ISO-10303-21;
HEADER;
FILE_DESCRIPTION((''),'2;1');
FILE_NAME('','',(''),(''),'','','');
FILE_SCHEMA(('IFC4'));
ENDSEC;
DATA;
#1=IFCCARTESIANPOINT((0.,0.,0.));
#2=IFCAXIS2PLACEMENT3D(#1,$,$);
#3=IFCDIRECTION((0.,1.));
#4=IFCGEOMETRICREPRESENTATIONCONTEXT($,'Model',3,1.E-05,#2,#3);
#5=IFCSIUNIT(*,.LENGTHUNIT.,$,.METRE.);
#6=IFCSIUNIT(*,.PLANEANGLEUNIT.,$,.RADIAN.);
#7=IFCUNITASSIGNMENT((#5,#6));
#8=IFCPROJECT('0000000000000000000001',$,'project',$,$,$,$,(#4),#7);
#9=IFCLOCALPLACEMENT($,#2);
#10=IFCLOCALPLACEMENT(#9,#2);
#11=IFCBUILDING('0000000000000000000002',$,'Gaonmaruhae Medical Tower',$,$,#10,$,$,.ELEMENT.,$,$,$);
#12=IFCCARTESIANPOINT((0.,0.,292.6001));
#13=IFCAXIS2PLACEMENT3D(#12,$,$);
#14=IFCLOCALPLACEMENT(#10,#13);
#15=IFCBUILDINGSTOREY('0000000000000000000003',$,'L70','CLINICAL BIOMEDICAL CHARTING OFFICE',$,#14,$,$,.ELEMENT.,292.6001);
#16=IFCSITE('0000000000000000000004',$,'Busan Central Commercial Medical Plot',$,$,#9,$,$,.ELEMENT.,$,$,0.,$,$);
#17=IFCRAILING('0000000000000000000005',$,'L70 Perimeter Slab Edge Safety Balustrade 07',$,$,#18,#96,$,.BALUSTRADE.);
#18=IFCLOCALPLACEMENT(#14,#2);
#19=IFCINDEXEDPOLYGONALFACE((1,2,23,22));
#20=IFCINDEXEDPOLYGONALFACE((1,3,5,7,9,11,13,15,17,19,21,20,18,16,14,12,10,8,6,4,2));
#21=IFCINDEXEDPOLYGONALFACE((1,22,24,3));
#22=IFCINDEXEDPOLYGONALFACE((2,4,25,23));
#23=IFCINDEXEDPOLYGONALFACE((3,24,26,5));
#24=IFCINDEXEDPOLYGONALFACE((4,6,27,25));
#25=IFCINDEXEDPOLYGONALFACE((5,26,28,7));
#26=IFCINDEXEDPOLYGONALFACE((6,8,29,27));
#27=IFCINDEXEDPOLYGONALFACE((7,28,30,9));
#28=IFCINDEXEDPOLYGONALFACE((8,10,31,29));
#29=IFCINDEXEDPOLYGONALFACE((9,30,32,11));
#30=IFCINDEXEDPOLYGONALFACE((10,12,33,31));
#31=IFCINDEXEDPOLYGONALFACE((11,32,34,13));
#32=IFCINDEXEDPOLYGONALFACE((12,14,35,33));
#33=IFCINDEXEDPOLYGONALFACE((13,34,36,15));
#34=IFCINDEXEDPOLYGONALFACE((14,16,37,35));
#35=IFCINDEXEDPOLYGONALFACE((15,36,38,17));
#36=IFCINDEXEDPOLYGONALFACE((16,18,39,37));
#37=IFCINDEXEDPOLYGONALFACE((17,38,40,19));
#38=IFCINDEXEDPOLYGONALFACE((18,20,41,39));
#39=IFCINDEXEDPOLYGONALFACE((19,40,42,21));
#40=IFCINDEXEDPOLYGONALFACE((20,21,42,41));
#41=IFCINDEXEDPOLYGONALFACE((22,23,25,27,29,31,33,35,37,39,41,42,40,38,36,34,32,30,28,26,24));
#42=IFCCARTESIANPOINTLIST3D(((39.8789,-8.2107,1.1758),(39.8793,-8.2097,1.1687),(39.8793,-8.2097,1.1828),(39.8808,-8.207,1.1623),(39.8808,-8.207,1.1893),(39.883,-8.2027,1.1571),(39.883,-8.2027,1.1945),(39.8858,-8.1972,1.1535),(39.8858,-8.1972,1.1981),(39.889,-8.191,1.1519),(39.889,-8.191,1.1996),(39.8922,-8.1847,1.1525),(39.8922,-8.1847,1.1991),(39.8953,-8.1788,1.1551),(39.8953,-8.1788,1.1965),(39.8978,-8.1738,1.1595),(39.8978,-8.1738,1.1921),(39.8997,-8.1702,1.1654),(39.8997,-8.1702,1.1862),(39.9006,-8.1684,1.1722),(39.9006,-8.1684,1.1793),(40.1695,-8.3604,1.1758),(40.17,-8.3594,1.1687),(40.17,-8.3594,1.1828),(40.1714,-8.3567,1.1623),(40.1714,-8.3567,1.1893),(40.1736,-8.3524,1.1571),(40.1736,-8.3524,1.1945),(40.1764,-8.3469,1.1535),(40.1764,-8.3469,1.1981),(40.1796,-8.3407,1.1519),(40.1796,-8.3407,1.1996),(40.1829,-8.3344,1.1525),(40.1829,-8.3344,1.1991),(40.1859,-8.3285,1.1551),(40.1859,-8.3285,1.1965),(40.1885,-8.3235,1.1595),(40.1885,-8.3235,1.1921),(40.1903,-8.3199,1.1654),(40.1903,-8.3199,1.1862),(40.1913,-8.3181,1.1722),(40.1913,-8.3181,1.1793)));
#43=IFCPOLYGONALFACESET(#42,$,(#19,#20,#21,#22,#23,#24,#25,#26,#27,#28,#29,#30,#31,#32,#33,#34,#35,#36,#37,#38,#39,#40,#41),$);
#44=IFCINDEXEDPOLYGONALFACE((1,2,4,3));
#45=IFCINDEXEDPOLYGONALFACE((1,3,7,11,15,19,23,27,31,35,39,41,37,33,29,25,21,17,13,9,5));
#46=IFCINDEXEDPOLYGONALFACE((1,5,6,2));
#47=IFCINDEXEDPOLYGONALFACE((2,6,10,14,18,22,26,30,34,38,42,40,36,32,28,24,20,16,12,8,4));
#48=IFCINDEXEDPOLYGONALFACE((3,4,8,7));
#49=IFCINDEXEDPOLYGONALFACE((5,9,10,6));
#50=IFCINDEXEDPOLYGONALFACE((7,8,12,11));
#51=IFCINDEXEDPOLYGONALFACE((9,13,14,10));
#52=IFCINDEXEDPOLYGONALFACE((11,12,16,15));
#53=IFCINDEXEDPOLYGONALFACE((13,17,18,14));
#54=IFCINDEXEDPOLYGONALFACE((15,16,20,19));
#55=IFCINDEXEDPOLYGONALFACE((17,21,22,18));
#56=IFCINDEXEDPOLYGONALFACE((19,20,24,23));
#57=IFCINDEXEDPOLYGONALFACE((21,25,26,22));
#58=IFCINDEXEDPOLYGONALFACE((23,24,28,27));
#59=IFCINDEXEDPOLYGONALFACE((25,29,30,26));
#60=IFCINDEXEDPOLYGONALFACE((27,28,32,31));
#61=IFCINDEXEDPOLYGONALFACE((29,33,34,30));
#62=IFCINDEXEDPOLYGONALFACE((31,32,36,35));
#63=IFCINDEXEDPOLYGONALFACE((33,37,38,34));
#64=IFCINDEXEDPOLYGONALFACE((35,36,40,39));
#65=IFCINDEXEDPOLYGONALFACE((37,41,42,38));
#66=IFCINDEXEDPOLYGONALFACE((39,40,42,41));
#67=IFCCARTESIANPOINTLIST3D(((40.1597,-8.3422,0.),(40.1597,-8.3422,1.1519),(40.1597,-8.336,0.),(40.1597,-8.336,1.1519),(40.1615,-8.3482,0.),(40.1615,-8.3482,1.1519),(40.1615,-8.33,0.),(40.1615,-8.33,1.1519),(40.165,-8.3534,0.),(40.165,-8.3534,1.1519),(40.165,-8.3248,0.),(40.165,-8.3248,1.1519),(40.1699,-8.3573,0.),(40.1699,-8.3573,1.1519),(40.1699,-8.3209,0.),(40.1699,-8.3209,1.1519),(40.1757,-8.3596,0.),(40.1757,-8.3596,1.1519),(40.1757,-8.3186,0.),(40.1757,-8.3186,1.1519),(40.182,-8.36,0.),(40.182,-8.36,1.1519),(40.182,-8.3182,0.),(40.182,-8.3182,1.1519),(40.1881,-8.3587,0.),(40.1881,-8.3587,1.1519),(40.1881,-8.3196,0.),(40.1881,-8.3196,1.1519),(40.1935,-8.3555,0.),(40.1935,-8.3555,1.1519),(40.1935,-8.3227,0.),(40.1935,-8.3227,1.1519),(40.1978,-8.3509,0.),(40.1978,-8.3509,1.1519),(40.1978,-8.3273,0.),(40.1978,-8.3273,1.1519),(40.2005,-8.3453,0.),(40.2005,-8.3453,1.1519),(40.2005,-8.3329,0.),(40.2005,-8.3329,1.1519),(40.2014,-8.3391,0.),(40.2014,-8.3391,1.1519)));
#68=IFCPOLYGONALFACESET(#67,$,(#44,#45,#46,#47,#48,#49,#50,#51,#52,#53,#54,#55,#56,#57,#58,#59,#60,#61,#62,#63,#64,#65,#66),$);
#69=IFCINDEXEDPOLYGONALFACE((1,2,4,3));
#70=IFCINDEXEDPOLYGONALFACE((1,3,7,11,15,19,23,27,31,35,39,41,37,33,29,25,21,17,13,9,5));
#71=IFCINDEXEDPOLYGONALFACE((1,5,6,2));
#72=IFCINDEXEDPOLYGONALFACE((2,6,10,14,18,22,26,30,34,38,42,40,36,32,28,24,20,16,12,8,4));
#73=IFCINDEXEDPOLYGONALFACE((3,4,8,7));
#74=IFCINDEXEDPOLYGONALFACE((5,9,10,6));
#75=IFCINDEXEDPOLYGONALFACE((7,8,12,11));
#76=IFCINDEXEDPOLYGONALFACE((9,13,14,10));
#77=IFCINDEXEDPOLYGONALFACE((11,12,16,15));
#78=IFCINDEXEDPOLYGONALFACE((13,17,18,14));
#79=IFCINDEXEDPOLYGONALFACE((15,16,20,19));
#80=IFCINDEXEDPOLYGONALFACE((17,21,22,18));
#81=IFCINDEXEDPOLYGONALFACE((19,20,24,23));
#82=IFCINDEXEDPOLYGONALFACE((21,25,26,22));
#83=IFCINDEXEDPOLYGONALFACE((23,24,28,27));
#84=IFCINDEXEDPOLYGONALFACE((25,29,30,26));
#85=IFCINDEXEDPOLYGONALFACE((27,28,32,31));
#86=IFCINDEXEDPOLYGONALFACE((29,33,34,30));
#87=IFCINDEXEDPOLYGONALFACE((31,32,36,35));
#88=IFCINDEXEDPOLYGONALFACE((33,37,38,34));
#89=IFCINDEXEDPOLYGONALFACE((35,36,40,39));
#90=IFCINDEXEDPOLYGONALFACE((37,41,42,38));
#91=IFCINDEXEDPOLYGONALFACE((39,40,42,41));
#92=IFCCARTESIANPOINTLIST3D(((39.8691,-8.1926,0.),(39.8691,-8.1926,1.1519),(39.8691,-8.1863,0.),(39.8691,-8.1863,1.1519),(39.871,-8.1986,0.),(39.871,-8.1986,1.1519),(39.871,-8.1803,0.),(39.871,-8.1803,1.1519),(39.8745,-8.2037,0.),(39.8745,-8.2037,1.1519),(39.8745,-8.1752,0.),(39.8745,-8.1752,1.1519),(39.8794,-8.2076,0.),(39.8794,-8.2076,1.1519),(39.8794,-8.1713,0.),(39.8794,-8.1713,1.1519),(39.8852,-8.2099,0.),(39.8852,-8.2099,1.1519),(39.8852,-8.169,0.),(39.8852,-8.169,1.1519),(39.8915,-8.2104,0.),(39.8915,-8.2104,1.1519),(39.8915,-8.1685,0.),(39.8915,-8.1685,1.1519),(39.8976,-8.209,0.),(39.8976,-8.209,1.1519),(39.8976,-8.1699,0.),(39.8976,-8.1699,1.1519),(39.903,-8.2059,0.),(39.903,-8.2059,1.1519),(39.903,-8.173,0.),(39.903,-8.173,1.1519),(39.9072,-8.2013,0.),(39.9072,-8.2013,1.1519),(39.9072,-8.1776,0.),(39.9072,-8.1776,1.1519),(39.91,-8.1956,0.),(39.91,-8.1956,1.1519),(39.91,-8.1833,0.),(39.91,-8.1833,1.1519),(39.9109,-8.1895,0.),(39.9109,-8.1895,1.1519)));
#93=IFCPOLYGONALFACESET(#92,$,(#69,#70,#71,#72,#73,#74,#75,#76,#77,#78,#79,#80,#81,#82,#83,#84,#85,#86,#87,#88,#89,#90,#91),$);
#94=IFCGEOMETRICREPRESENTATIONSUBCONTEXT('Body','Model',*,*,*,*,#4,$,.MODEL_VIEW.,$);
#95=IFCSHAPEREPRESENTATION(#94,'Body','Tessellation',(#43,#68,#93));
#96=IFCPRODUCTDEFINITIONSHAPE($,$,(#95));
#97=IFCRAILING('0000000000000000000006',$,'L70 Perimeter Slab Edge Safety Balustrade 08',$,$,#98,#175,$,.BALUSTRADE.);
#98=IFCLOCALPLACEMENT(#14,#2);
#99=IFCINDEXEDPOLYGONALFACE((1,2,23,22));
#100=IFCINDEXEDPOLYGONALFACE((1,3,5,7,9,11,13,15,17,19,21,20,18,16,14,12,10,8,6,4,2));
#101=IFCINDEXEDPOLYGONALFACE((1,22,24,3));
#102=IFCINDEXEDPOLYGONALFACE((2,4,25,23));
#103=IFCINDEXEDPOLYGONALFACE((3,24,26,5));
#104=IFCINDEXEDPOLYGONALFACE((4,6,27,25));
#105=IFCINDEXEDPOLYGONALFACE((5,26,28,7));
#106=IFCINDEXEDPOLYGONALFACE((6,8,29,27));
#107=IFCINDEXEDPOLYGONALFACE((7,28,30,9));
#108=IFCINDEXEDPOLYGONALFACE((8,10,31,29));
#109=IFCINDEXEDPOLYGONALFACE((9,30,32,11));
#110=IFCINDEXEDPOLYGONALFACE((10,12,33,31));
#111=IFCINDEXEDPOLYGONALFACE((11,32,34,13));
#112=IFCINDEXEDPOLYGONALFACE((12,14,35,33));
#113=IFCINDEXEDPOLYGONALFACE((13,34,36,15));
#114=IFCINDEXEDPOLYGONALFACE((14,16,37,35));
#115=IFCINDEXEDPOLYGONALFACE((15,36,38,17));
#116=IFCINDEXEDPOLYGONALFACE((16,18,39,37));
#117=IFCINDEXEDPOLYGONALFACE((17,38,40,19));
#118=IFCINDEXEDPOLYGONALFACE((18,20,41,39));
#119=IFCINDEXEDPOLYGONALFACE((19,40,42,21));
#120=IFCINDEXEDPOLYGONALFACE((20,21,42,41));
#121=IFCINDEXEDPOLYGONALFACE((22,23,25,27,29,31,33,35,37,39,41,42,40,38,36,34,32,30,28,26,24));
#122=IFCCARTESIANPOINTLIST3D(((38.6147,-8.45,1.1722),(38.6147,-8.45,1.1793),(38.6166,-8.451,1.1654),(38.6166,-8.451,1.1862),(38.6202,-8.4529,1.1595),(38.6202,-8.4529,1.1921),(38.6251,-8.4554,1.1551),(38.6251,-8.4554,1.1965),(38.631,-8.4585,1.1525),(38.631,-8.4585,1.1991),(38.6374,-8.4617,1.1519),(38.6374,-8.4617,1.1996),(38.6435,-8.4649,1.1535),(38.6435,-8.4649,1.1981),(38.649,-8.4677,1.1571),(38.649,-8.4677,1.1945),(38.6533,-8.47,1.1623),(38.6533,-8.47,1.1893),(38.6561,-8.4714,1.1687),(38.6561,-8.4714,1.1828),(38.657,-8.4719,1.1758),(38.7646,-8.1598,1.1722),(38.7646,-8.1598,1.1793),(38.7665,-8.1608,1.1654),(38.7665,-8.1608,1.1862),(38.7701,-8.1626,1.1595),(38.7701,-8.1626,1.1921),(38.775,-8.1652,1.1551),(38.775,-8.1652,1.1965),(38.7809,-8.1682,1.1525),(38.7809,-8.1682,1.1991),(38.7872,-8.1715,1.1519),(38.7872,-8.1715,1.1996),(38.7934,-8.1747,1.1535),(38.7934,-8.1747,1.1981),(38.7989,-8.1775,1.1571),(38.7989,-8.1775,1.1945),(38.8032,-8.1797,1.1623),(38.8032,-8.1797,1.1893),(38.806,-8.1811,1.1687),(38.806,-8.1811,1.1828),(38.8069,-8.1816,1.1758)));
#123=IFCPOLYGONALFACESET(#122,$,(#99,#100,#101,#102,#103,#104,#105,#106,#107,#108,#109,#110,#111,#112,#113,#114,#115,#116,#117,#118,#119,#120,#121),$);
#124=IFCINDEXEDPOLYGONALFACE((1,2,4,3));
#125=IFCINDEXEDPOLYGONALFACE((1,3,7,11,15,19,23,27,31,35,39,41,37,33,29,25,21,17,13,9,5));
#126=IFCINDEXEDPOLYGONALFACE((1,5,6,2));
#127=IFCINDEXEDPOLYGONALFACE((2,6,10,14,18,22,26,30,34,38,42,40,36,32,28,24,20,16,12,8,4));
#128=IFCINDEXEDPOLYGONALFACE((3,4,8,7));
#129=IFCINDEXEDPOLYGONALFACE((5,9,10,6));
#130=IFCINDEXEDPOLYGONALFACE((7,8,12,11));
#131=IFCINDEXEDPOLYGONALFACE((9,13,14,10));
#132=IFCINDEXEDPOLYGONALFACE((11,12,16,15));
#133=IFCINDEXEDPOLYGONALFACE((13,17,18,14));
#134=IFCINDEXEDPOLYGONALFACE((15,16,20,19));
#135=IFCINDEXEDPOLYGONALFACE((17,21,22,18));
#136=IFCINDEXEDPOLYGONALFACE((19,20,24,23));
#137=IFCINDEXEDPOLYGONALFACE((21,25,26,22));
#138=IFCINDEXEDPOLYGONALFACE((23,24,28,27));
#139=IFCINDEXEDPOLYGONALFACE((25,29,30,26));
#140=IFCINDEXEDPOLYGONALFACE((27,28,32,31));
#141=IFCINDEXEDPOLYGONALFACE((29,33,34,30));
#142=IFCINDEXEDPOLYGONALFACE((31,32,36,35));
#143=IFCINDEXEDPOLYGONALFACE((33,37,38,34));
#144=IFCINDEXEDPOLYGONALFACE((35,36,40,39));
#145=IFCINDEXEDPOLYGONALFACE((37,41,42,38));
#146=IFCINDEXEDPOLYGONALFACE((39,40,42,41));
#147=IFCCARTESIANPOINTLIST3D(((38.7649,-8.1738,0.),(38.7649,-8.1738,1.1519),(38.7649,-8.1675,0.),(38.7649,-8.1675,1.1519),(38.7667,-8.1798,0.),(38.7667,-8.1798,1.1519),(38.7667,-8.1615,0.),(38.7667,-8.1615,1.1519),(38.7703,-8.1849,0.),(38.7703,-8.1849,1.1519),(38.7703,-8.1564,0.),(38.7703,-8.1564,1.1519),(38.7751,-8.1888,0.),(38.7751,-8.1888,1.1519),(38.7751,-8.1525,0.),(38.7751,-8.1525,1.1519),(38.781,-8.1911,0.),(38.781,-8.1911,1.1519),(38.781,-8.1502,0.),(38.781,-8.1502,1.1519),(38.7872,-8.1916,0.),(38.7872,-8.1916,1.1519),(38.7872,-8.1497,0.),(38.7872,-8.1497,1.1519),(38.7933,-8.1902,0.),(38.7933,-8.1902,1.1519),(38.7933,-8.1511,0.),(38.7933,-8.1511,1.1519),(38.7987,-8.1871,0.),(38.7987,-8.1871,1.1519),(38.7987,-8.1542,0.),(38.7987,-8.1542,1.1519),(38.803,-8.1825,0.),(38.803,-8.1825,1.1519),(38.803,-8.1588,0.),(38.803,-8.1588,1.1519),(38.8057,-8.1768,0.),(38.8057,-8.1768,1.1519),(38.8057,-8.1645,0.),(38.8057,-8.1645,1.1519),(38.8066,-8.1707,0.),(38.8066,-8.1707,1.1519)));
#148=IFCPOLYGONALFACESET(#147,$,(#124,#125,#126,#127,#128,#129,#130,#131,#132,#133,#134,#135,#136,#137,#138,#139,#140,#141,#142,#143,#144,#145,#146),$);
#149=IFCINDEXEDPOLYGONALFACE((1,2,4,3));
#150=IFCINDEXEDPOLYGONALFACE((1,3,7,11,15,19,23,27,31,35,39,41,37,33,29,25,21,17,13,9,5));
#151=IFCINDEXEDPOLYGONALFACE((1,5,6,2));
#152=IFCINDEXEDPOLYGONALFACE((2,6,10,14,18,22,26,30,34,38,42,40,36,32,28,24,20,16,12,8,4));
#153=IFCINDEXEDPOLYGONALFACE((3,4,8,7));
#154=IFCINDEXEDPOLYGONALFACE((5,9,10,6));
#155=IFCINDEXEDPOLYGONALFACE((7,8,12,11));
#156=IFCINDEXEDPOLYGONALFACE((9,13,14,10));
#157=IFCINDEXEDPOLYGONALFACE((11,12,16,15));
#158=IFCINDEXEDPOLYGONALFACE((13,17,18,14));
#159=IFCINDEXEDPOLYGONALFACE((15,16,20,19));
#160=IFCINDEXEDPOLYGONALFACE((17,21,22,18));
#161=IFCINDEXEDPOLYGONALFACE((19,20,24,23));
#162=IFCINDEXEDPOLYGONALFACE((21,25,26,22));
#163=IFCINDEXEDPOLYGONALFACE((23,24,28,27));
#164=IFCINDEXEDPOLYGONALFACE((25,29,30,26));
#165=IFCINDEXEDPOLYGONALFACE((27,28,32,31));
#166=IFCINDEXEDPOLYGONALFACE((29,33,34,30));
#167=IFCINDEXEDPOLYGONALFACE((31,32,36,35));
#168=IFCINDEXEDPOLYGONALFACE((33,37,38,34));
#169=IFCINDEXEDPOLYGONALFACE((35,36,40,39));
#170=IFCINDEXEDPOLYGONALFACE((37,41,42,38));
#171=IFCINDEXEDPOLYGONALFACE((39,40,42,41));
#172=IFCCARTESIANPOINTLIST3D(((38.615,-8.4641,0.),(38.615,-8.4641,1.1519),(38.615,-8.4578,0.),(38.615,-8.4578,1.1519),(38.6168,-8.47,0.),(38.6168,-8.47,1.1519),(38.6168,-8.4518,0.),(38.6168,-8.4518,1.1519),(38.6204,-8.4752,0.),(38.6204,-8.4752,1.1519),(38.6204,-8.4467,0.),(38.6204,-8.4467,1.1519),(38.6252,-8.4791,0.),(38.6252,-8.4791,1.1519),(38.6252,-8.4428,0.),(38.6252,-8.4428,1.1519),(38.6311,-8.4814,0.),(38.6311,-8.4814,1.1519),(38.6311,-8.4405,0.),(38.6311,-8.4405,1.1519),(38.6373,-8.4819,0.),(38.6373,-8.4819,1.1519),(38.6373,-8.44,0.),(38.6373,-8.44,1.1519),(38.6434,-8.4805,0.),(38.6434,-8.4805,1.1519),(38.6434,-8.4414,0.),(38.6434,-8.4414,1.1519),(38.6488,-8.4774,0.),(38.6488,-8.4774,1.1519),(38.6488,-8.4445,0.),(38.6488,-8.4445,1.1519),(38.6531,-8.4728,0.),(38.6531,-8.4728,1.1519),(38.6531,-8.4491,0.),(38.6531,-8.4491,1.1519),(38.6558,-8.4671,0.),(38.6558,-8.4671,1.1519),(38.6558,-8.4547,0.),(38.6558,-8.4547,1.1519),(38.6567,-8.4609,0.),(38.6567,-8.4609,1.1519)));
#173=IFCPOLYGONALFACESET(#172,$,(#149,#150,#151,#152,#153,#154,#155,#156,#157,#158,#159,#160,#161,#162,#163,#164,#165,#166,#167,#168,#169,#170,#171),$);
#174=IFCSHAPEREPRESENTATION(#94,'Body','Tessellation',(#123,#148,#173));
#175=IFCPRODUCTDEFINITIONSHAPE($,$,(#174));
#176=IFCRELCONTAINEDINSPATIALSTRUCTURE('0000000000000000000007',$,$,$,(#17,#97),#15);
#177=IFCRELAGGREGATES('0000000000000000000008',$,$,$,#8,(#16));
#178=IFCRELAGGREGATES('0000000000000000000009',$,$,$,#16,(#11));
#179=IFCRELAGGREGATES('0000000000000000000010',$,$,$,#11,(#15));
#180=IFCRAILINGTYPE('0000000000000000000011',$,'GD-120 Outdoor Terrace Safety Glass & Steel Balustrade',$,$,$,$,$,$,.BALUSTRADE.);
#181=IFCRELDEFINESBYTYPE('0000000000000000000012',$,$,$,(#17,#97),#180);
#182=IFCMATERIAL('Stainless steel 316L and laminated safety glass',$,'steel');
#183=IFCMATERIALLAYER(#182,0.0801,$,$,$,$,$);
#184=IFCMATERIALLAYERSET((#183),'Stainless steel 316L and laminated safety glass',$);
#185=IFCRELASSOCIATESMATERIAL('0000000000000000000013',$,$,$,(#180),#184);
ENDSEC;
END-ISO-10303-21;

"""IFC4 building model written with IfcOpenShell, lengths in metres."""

from ifc_helpers import new_model, si_unit, direction, frame, origin, origin_2d, place, context, subcontext, project, spatial, circle, extrude, material, layer, layer_set, type_object, element, save


model = new_model("IFC4")

# Units and contexts
model_context = context("Model", 3, precision=1e-05, world=origin(), true_north=direction((0.0, 1.0)))
body_context = subcontext(model_context, "Body", "Model", "MODEL_VIEW")
ifc_project = project(units=[si_unit("LENGTHUNIT", "METRE"), si_unit("PLANEANGLEUNIT", "RADIAN")], contexts=[model_context])

# Site, building, storey
site_placement = place(None, origin())
site = spatial("IfcSite", under=ifc_project, at=site_placement, Name="Busan Central Commercial Medical Plot", CompositionType="ELEMENT", RefElevation=0.0)
building_placement = place(site_placement, origin())
building = spatial("IfcBuilding", under=site, at=building_placement, Name="Gaonmaruhae Medical Tower", CompositionType="ELEMENT")
storey_placement = place(building_placement, frame((0.0, 0.0, 292.6001)))
storey = spatial("IfcBuildingStorey", under=building, at=storey_placement, Name="L70", Description="CLINICAL BIOMEDICAL CHARTING OFFICE", CompositionType="ELEMENT", Elevation=292.6001)

# Railings
ifc_material_1 = material(Name="Stainless steel 316L and laminated safety glass", Category="steel")
ifc_layer_1 = layer(ifc_material_1, 0.0801)
ifc_layer_set_1 = layer_set([ifc_layer_1], Name="Stainless steel 316L and laminated safety glass")
railing_type = type_object("IfcRailingType", Name="GD-120 Outdoor Terrace Safety Glass & Steel Balustrade", PredefinedType="BALUSTRADE", material=ifc_layer_set_1)
railing_1_placement = place(storey_placement, frame((40.1804, -8.3391, 0.0)))
element("IfcRailing", 1, at=railing_1_placement, inside=storey, type_object=railing_type, Name="L70 Perimeter Slab Edge Safety Balustrade 07", PredefinedType="BALUSTRADE", context=body_context, shape_type="SweptSolid", body=[
    extrude(circle(Radius=0.0239, at=origin_2d()), frame((0.0, 0.0, 1.1758), z_axis=(-0.888984, 0.457939, 0.0), x_axis=(-0.457939, -0.888984, 0.0)), (0.0, 0.0, 1.0), 0.3269),
    extrude(circle(Radius=0.021, at=origin_2d()), origin(), (0.0, 0.0, 1.0), 1.1519),
    extrude(circle(Radius=0.021, at=origin_2d()), frame((-0.2905, 0.1497, 0.0)), (0.0, 0.0, 1.0), 1.1519),
])
railing_2_placement = place(storey_placement, frame((38.7856, -8.1707, 0.0)))
element("IfcRailing", 2, at=railing_2_placement, inside=storey, type_object=railing_type, Name="L70 Perimeter Slab Edge Safety Balustrade 08", PredefinedType="BALUSTRADE", context=body_context, shape_type="SweptSolid", body=[
    extrude(circle(Radius=0.0239, at=origin_2d()), frame((0.0, 0.0, 1.1758), z_axis=(-0.458833, -0.888522, 0.0), x_axis=(0.888522, -0.458833, 0.0)), (0.0, 0.0, 1.0), 0.3267),
    extrude(circle(Radius=0.021, at=origin_2d()), origin(), (0.0, 0.0, 1.0), 1.1519),
    extrude(circle(Radius=0.021, at=origin_2d()), frame((-0.1499, -0.2903, 0.0)), (0.0, 0.0, 1.0), 1.1519),
])

save(model, "model.ifc")
